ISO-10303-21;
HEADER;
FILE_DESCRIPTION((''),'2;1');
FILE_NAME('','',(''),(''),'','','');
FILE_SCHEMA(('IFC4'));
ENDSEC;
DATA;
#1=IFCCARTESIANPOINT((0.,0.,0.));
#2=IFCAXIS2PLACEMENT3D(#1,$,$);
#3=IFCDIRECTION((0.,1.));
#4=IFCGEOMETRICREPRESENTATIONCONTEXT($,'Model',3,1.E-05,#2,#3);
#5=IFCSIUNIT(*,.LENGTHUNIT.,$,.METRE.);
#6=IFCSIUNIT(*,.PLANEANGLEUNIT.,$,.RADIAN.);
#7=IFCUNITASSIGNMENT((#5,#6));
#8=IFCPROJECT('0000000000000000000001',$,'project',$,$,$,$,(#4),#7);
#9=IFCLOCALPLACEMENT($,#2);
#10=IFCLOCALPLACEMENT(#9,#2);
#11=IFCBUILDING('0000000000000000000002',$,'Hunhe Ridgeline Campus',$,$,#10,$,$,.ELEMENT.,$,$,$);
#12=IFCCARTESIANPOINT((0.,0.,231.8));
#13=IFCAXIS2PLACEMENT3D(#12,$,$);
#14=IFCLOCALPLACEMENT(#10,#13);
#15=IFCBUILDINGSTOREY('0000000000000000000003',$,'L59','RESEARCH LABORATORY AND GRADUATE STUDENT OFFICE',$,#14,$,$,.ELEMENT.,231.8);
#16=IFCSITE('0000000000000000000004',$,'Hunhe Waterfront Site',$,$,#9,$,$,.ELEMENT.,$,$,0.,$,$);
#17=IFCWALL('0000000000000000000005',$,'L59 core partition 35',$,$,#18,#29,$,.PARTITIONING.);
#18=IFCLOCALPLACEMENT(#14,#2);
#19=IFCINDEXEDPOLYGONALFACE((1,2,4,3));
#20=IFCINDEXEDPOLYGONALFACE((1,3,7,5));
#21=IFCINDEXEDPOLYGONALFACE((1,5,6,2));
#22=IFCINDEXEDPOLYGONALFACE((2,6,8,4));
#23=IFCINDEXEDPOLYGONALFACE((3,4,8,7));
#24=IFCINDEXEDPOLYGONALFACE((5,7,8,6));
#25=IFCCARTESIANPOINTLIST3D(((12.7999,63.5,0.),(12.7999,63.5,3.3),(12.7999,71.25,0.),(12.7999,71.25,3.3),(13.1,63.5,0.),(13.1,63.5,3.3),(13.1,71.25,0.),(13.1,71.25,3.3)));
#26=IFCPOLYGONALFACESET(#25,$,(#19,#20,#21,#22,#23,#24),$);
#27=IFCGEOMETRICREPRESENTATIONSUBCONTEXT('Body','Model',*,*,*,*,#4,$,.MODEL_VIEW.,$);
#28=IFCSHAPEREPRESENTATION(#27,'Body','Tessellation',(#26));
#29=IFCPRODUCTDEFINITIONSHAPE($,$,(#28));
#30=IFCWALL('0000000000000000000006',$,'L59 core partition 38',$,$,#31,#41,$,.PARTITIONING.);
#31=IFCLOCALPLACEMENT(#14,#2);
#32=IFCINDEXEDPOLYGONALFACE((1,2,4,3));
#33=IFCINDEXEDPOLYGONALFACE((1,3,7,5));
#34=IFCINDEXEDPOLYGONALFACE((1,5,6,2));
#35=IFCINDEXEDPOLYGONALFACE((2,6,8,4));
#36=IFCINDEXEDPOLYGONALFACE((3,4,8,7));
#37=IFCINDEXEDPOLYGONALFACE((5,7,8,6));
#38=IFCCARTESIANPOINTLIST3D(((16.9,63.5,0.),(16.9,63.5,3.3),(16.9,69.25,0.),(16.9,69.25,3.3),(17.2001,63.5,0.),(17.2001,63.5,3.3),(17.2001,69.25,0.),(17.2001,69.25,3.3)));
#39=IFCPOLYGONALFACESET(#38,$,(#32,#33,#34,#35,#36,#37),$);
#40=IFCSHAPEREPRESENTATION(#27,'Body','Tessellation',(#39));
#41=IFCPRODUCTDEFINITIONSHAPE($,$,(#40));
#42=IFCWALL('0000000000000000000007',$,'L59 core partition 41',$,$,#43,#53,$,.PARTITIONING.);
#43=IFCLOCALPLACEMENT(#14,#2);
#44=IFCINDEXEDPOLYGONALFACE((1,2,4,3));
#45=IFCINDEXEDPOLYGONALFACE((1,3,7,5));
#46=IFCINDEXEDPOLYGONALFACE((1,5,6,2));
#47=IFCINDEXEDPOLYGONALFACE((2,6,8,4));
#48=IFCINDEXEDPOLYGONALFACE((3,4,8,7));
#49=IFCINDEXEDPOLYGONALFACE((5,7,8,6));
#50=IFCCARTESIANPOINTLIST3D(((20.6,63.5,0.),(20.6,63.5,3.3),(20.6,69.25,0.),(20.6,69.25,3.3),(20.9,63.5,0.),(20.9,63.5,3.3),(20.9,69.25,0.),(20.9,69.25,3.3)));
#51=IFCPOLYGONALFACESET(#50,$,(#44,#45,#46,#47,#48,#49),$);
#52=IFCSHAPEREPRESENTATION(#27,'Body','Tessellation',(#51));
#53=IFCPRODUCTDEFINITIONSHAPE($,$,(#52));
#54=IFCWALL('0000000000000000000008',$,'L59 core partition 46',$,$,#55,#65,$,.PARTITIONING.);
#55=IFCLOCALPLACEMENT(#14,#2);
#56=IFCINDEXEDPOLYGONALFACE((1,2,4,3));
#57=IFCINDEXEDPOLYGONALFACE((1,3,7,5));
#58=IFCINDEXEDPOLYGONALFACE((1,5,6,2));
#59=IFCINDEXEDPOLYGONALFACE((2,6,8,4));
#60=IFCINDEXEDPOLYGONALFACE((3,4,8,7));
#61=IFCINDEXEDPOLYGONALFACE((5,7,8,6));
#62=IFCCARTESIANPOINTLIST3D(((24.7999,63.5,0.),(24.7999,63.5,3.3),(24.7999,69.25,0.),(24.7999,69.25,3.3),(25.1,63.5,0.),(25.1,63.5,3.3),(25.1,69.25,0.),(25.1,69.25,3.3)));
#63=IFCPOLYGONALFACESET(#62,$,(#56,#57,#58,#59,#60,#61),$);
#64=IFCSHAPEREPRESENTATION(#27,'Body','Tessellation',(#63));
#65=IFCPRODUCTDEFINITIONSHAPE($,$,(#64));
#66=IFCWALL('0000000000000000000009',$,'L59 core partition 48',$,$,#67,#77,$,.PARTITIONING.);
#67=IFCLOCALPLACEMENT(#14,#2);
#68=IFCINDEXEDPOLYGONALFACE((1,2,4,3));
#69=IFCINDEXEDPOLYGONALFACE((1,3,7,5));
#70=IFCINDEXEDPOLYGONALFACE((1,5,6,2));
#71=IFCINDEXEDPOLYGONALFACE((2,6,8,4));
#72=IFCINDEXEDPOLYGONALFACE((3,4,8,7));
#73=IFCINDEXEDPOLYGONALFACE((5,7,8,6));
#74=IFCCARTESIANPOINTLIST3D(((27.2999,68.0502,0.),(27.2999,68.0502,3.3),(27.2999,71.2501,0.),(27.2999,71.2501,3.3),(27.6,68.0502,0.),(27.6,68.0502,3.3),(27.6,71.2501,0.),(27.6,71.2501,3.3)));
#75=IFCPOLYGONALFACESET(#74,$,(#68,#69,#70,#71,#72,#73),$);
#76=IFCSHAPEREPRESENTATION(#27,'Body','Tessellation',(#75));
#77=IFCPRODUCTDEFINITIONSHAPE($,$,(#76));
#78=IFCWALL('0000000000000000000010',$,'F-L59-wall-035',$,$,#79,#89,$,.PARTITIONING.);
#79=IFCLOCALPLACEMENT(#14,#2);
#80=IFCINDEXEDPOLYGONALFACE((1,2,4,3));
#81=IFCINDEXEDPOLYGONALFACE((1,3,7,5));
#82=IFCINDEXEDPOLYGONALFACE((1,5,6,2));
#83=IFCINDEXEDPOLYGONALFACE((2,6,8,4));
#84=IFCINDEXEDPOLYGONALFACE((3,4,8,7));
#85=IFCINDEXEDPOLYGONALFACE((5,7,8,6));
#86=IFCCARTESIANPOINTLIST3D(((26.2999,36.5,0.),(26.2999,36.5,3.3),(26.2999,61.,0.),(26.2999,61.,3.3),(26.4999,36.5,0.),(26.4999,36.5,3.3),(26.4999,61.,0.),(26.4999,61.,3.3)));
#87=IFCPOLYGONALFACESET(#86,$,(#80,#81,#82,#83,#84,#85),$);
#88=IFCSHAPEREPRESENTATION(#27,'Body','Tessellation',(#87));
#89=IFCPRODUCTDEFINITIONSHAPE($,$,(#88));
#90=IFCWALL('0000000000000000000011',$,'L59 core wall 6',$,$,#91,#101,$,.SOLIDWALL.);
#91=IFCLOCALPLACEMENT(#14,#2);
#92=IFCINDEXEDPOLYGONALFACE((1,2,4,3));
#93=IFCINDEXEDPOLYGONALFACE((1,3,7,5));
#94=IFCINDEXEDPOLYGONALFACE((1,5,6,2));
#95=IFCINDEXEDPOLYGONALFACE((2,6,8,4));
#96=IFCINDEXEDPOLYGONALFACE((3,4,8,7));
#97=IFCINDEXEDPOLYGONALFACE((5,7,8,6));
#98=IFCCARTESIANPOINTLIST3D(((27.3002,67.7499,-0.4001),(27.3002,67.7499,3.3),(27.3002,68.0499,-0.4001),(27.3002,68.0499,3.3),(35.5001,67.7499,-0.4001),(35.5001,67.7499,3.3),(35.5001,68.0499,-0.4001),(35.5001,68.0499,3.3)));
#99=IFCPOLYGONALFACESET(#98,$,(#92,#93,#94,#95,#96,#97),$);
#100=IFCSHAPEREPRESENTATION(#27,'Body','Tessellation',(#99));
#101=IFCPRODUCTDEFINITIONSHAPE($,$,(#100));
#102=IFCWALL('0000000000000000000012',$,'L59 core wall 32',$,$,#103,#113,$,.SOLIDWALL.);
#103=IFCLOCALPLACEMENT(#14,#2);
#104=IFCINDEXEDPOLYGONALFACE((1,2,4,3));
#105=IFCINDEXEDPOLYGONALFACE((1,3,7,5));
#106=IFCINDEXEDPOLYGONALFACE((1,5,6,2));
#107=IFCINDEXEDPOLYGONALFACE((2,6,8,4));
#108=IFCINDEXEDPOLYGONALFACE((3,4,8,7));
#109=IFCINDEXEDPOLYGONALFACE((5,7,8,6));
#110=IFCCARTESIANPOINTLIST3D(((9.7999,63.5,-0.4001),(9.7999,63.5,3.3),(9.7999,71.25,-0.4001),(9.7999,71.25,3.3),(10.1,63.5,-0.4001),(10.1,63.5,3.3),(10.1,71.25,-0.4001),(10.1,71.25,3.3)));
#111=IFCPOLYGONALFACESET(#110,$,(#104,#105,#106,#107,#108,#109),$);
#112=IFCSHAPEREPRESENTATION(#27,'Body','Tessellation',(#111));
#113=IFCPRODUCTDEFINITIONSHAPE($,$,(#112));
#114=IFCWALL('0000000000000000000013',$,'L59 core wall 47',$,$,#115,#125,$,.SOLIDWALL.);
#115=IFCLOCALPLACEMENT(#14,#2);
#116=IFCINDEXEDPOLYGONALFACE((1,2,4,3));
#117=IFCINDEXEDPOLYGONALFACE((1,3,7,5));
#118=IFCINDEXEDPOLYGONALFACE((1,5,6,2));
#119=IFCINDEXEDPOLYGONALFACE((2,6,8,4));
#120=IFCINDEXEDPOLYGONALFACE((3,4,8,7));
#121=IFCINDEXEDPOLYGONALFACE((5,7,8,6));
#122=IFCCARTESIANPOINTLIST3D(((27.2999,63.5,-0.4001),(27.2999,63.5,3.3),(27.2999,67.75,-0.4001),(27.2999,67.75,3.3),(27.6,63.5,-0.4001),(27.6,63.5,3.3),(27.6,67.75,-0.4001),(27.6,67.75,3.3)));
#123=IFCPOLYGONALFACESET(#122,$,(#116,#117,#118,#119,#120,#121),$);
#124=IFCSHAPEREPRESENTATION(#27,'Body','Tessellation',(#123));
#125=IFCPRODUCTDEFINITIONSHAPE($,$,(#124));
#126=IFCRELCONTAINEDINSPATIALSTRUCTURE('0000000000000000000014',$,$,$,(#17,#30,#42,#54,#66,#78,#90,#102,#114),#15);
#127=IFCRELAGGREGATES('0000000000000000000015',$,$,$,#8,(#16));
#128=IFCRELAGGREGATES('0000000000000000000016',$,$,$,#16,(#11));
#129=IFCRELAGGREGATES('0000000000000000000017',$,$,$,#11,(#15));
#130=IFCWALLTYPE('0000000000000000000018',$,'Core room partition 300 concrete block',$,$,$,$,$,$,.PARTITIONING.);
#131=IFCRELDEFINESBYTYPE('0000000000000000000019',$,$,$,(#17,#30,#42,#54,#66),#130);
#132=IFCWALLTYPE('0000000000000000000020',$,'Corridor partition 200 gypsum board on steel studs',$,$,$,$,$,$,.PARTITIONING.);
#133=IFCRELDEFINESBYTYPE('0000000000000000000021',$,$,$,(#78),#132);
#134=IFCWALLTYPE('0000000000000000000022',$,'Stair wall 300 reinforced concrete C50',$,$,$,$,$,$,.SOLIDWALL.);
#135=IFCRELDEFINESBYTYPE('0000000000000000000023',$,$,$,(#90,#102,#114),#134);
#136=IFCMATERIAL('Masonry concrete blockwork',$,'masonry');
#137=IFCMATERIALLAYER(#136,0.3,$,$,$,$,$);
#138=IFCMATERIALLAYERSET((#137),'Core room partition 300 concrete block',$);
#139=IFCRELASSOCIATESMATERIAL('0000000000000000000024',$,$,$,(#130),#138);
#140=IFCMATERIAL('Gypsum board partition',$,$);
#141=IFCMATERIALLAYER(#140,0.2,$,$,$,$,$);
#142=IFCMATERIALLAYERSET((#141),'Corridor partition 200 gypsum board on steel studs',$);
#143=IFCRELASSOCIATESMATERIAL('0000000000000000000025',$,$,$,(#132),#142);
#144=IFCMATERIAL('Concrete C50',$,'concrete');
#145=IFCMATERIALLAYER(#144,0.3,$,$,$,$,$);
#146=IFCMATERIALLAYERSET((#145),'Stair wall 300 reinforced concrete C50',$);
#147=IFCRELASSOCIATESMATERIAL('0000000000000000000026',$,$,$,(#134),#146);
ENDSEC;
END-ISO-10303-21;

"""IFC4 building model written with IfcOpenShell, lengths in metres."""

from ifc_helpers import new_model, si_unit, direction, frame, frame_2d, origin, place, context, subcontext, project, spatial, rectangle, extrude, material, layer, layer_set, type_object, element, save


model = new_model("IFC4")

# Units and contexts
model_context = context("Model", 3, precision=1e-05, world=origin(), true_north=direction((0.0, 1.0)))
body_context = subcontext(model_context, "Body", "Model", "MODEL_VIEW")
ifc_project = project(units=[si_unit("LENGTHUNIT", "METRE"), si_unit("PLANEANGLEUNIT", "RADIAN")], contexts=[model_context])

# Site, building, storey
site_placement = place(None, origin())
site = spatial("IfcSite", under=ifc_project, at=site_placement, Name="Hunhe Waterfront Site", CompositionType="ELEMENT", RefElevation=0.0)
building_placement = place(site_placement, origin())
building = spatial("IfcBuilding", under=site, at=building_placement, Name="Hunhe Ridgeline Campus", CompositionType="ELEMENT")
storey_placement = place(building_placement, frame((0.0, 0.0, 231.8)))
storey = spatial("IfcBuildingStorey", under=building, at=storey_placement, Name="L59", Description="RESEARCH LABORATORY AND GRADUATE STUDENT OFFICE", CompositionType="ELEMENT", Elevation=231.8)

# Shared definitions
ifc_material_1 = material(Name="Masonry concrete blockwork", Category="masonry")
ifc_layer_1 = layer(ifc_material_1, 0.3)
ifc_layer_set_1 = layer_set([ifc_layer_1], Name="Core room partition 300 concrete block")
wall_type_1 = type_object("IfcWallType", Name="Core room partition 300 concrete block", PredefinedType="PARTITIONING", material=ifc_layer_set_1)

# Walls
wall_1_placement = place(storey_placement, frame((12.95, 63.5, 0.0), z_axis=(0.0, 0.0, 1.0), x_axis=(0.0, 1.0, 0.0)))
element("IfcWall", 1, at=wall_1_placement, inside=storey, type_object=wall_type_1, Name="L59 core partition 35", PredefinedType="PARTITIONING", context=body_context, shape_type="SweptSolid", body=[
    extrude(rectangle(XDim=7.75, YDim=0.3, at=frame_2d((3.875, 0.0))), origin(), (0.0, 0.0, 1.0), 3.3),
])
for number, where, z_axis, x_axis, name in (
    (2, (17.05, 63.5, 0.0), (0.0, 0.0, 1.0), (0.0, 1.0, 0.0), "L59 core partition 38"),
    (3, (20.75, 63.5, 0.0), (0.0, 0.0, 1.0), (0.0, 1.0, 0.0), "L59 core partition 41"),
    (4, (24.95, 63.5, 0.0), (0.0, 0.0, 1.0), (0.0, 1.0, 0.0), "L59 core partition 46"),
):
    element("IfcWall", number, at=place(storey_placement, frame(where, z_axis=z_axis, x_axis=x_axis)), inside=storey, type_object=wall_type_1, Name=name, PredefinedType="PARTITIONING", context=body_context, shape_type="SweptSolid", body=[
        extrude(rectangle(XDim=5.75, YDim=0.3, at=frame_2d((2.875, 0.0))), origin(), (0.0, 0.0, 1.0), 3.3),
    ])
wall_2_placement = place(storey_placement, frame((27.45, 68.05, 0.0), z_axis=(0.0, 0.0, 1.0), x_axis=(0.0, 1.0, 0.0)))
element("IfcWall", 5, at=wall_2_placement, inside=storey, type_object=wall_type_1, Name="L59 core partition 48", PredefinedType="PARTITIONING", context=body_context, shape_type="SweptSolid", body=[
    extrude(rectangle(XDim=3.2, YDim=0.3, at=frame_2d((1.6001, 0.0))), origin(), (0.0, 0.0, 1.0), 3.3),
])

# Shared definitions
ifc_material_2 = material(Name="Gypsum board partition")
ifc_layer_2 = layer(ifc_material_2, 0.2)
ifc_layer_set_2 = layer_set([ifc_layer_2], Name="Corridor partition 200 gypsum board on steel studs")
wall_type_2 = type_object("IfcWallType", Name="Corridor partition 200 gypsum board on steel studs", PredefinedType="PARTITIONING", material=ifc_layer_set_2)

# Walls
wall_3_placement = place(storey_placement, frame((26.3999, 61.0, 0.0), z_axis=(0.0, 0.0, 1.0), x_axis=(0.0, -1.0, 0.0)))
element("IfcWall", 6, at=wall_3_placement, inside=storey, type_object=wall_type_2, Name="F-L59-wall-035", PredefinedType="PARTITIONING", context=body_context, shape_type="SweptSolid", body=[
    extrude(rectangle(XDim=24.5, YDim=0.2, at=frame_2d((12.25, 0.0))), origin(), (0.0, 0.0, 1.0), 3.3),
])
ifc_material_3 = material(Name="Concrete C50", Category="concrete")
ifc_layer_3 = layer(ifc_material_3, 0.3)
ifc_layer_set_3 = layer_set([ifc_layer_3], Name="Stair wall 300 reinforced concrete C50")
wall_type_3 = type_object("IfcWallType", Name="Stair wall 300 reinforced concrete C50", PredefinedType="SOLIDWALL", material=ifc_layer_set_3)
wall_4_placement = place(storey_placement, frame((27.3, 67.8999, -0.4001), z_axis=(0.0, 0.0, 1.0), x_axis=(1.0, 0.0, 0.0)))
element("IfcWall", 7, at=wall_4_placement, inside=storey, type_object=wall_type_3, Name="L59 core wall 6", PredefinedType="SOLIDWALL", context=body_context, shape_type="SweptSolid", body=[
    extrude(rectangle(XDim=8.2, YDim=0.3, at=frame_2d((4.1001, 0.0))), origin(), (0.0, 0.0, 1.0), 3.7002),
])
wall_5_placement = place(storey_placement, frame((9.95, 63.5, -0.4001), z_axis=(0.0, 0.0, 1.0), x_axis=(0.0, 1.0, 0.0)))
element("IfcWall", 8, at=wall_5_placement, inside=storey, type_object=wall_type_3, Name="L59 core wall 32", PredefinedType="SOLIDWALL", context=body_context, shape_type="SweptSolid", body=[
    extrude(rectangle(XDim=7.75, YDim=0.3, at=frame_2d((3.875, 0.0))), origin(), (0.0, 0.0, 1.0), 3.7002),
])
wall_6_placement = place(storey_placement, frame((27.45, 63.5, -0.4001), z_axis=(0.0, 0.0, 1.0), x_axis=(0.0, 1.0, 0.0)))
element("IfcWall", 9, at=wall_6_placement, inside=storey, type_object=wall_type_3, Name="L59 core wall 47", PredefinedType="SOLIDWALL", context=body_context, shape_type="SweptSolid", body=[
    extrude(rectangle(XDim=4.25, YDim=0.3, at=frame_2d((2.125, 0.0))), origin(), (0.0, 0.0, 1.0), 3.7002),
])

save(model, "model.ifc")
